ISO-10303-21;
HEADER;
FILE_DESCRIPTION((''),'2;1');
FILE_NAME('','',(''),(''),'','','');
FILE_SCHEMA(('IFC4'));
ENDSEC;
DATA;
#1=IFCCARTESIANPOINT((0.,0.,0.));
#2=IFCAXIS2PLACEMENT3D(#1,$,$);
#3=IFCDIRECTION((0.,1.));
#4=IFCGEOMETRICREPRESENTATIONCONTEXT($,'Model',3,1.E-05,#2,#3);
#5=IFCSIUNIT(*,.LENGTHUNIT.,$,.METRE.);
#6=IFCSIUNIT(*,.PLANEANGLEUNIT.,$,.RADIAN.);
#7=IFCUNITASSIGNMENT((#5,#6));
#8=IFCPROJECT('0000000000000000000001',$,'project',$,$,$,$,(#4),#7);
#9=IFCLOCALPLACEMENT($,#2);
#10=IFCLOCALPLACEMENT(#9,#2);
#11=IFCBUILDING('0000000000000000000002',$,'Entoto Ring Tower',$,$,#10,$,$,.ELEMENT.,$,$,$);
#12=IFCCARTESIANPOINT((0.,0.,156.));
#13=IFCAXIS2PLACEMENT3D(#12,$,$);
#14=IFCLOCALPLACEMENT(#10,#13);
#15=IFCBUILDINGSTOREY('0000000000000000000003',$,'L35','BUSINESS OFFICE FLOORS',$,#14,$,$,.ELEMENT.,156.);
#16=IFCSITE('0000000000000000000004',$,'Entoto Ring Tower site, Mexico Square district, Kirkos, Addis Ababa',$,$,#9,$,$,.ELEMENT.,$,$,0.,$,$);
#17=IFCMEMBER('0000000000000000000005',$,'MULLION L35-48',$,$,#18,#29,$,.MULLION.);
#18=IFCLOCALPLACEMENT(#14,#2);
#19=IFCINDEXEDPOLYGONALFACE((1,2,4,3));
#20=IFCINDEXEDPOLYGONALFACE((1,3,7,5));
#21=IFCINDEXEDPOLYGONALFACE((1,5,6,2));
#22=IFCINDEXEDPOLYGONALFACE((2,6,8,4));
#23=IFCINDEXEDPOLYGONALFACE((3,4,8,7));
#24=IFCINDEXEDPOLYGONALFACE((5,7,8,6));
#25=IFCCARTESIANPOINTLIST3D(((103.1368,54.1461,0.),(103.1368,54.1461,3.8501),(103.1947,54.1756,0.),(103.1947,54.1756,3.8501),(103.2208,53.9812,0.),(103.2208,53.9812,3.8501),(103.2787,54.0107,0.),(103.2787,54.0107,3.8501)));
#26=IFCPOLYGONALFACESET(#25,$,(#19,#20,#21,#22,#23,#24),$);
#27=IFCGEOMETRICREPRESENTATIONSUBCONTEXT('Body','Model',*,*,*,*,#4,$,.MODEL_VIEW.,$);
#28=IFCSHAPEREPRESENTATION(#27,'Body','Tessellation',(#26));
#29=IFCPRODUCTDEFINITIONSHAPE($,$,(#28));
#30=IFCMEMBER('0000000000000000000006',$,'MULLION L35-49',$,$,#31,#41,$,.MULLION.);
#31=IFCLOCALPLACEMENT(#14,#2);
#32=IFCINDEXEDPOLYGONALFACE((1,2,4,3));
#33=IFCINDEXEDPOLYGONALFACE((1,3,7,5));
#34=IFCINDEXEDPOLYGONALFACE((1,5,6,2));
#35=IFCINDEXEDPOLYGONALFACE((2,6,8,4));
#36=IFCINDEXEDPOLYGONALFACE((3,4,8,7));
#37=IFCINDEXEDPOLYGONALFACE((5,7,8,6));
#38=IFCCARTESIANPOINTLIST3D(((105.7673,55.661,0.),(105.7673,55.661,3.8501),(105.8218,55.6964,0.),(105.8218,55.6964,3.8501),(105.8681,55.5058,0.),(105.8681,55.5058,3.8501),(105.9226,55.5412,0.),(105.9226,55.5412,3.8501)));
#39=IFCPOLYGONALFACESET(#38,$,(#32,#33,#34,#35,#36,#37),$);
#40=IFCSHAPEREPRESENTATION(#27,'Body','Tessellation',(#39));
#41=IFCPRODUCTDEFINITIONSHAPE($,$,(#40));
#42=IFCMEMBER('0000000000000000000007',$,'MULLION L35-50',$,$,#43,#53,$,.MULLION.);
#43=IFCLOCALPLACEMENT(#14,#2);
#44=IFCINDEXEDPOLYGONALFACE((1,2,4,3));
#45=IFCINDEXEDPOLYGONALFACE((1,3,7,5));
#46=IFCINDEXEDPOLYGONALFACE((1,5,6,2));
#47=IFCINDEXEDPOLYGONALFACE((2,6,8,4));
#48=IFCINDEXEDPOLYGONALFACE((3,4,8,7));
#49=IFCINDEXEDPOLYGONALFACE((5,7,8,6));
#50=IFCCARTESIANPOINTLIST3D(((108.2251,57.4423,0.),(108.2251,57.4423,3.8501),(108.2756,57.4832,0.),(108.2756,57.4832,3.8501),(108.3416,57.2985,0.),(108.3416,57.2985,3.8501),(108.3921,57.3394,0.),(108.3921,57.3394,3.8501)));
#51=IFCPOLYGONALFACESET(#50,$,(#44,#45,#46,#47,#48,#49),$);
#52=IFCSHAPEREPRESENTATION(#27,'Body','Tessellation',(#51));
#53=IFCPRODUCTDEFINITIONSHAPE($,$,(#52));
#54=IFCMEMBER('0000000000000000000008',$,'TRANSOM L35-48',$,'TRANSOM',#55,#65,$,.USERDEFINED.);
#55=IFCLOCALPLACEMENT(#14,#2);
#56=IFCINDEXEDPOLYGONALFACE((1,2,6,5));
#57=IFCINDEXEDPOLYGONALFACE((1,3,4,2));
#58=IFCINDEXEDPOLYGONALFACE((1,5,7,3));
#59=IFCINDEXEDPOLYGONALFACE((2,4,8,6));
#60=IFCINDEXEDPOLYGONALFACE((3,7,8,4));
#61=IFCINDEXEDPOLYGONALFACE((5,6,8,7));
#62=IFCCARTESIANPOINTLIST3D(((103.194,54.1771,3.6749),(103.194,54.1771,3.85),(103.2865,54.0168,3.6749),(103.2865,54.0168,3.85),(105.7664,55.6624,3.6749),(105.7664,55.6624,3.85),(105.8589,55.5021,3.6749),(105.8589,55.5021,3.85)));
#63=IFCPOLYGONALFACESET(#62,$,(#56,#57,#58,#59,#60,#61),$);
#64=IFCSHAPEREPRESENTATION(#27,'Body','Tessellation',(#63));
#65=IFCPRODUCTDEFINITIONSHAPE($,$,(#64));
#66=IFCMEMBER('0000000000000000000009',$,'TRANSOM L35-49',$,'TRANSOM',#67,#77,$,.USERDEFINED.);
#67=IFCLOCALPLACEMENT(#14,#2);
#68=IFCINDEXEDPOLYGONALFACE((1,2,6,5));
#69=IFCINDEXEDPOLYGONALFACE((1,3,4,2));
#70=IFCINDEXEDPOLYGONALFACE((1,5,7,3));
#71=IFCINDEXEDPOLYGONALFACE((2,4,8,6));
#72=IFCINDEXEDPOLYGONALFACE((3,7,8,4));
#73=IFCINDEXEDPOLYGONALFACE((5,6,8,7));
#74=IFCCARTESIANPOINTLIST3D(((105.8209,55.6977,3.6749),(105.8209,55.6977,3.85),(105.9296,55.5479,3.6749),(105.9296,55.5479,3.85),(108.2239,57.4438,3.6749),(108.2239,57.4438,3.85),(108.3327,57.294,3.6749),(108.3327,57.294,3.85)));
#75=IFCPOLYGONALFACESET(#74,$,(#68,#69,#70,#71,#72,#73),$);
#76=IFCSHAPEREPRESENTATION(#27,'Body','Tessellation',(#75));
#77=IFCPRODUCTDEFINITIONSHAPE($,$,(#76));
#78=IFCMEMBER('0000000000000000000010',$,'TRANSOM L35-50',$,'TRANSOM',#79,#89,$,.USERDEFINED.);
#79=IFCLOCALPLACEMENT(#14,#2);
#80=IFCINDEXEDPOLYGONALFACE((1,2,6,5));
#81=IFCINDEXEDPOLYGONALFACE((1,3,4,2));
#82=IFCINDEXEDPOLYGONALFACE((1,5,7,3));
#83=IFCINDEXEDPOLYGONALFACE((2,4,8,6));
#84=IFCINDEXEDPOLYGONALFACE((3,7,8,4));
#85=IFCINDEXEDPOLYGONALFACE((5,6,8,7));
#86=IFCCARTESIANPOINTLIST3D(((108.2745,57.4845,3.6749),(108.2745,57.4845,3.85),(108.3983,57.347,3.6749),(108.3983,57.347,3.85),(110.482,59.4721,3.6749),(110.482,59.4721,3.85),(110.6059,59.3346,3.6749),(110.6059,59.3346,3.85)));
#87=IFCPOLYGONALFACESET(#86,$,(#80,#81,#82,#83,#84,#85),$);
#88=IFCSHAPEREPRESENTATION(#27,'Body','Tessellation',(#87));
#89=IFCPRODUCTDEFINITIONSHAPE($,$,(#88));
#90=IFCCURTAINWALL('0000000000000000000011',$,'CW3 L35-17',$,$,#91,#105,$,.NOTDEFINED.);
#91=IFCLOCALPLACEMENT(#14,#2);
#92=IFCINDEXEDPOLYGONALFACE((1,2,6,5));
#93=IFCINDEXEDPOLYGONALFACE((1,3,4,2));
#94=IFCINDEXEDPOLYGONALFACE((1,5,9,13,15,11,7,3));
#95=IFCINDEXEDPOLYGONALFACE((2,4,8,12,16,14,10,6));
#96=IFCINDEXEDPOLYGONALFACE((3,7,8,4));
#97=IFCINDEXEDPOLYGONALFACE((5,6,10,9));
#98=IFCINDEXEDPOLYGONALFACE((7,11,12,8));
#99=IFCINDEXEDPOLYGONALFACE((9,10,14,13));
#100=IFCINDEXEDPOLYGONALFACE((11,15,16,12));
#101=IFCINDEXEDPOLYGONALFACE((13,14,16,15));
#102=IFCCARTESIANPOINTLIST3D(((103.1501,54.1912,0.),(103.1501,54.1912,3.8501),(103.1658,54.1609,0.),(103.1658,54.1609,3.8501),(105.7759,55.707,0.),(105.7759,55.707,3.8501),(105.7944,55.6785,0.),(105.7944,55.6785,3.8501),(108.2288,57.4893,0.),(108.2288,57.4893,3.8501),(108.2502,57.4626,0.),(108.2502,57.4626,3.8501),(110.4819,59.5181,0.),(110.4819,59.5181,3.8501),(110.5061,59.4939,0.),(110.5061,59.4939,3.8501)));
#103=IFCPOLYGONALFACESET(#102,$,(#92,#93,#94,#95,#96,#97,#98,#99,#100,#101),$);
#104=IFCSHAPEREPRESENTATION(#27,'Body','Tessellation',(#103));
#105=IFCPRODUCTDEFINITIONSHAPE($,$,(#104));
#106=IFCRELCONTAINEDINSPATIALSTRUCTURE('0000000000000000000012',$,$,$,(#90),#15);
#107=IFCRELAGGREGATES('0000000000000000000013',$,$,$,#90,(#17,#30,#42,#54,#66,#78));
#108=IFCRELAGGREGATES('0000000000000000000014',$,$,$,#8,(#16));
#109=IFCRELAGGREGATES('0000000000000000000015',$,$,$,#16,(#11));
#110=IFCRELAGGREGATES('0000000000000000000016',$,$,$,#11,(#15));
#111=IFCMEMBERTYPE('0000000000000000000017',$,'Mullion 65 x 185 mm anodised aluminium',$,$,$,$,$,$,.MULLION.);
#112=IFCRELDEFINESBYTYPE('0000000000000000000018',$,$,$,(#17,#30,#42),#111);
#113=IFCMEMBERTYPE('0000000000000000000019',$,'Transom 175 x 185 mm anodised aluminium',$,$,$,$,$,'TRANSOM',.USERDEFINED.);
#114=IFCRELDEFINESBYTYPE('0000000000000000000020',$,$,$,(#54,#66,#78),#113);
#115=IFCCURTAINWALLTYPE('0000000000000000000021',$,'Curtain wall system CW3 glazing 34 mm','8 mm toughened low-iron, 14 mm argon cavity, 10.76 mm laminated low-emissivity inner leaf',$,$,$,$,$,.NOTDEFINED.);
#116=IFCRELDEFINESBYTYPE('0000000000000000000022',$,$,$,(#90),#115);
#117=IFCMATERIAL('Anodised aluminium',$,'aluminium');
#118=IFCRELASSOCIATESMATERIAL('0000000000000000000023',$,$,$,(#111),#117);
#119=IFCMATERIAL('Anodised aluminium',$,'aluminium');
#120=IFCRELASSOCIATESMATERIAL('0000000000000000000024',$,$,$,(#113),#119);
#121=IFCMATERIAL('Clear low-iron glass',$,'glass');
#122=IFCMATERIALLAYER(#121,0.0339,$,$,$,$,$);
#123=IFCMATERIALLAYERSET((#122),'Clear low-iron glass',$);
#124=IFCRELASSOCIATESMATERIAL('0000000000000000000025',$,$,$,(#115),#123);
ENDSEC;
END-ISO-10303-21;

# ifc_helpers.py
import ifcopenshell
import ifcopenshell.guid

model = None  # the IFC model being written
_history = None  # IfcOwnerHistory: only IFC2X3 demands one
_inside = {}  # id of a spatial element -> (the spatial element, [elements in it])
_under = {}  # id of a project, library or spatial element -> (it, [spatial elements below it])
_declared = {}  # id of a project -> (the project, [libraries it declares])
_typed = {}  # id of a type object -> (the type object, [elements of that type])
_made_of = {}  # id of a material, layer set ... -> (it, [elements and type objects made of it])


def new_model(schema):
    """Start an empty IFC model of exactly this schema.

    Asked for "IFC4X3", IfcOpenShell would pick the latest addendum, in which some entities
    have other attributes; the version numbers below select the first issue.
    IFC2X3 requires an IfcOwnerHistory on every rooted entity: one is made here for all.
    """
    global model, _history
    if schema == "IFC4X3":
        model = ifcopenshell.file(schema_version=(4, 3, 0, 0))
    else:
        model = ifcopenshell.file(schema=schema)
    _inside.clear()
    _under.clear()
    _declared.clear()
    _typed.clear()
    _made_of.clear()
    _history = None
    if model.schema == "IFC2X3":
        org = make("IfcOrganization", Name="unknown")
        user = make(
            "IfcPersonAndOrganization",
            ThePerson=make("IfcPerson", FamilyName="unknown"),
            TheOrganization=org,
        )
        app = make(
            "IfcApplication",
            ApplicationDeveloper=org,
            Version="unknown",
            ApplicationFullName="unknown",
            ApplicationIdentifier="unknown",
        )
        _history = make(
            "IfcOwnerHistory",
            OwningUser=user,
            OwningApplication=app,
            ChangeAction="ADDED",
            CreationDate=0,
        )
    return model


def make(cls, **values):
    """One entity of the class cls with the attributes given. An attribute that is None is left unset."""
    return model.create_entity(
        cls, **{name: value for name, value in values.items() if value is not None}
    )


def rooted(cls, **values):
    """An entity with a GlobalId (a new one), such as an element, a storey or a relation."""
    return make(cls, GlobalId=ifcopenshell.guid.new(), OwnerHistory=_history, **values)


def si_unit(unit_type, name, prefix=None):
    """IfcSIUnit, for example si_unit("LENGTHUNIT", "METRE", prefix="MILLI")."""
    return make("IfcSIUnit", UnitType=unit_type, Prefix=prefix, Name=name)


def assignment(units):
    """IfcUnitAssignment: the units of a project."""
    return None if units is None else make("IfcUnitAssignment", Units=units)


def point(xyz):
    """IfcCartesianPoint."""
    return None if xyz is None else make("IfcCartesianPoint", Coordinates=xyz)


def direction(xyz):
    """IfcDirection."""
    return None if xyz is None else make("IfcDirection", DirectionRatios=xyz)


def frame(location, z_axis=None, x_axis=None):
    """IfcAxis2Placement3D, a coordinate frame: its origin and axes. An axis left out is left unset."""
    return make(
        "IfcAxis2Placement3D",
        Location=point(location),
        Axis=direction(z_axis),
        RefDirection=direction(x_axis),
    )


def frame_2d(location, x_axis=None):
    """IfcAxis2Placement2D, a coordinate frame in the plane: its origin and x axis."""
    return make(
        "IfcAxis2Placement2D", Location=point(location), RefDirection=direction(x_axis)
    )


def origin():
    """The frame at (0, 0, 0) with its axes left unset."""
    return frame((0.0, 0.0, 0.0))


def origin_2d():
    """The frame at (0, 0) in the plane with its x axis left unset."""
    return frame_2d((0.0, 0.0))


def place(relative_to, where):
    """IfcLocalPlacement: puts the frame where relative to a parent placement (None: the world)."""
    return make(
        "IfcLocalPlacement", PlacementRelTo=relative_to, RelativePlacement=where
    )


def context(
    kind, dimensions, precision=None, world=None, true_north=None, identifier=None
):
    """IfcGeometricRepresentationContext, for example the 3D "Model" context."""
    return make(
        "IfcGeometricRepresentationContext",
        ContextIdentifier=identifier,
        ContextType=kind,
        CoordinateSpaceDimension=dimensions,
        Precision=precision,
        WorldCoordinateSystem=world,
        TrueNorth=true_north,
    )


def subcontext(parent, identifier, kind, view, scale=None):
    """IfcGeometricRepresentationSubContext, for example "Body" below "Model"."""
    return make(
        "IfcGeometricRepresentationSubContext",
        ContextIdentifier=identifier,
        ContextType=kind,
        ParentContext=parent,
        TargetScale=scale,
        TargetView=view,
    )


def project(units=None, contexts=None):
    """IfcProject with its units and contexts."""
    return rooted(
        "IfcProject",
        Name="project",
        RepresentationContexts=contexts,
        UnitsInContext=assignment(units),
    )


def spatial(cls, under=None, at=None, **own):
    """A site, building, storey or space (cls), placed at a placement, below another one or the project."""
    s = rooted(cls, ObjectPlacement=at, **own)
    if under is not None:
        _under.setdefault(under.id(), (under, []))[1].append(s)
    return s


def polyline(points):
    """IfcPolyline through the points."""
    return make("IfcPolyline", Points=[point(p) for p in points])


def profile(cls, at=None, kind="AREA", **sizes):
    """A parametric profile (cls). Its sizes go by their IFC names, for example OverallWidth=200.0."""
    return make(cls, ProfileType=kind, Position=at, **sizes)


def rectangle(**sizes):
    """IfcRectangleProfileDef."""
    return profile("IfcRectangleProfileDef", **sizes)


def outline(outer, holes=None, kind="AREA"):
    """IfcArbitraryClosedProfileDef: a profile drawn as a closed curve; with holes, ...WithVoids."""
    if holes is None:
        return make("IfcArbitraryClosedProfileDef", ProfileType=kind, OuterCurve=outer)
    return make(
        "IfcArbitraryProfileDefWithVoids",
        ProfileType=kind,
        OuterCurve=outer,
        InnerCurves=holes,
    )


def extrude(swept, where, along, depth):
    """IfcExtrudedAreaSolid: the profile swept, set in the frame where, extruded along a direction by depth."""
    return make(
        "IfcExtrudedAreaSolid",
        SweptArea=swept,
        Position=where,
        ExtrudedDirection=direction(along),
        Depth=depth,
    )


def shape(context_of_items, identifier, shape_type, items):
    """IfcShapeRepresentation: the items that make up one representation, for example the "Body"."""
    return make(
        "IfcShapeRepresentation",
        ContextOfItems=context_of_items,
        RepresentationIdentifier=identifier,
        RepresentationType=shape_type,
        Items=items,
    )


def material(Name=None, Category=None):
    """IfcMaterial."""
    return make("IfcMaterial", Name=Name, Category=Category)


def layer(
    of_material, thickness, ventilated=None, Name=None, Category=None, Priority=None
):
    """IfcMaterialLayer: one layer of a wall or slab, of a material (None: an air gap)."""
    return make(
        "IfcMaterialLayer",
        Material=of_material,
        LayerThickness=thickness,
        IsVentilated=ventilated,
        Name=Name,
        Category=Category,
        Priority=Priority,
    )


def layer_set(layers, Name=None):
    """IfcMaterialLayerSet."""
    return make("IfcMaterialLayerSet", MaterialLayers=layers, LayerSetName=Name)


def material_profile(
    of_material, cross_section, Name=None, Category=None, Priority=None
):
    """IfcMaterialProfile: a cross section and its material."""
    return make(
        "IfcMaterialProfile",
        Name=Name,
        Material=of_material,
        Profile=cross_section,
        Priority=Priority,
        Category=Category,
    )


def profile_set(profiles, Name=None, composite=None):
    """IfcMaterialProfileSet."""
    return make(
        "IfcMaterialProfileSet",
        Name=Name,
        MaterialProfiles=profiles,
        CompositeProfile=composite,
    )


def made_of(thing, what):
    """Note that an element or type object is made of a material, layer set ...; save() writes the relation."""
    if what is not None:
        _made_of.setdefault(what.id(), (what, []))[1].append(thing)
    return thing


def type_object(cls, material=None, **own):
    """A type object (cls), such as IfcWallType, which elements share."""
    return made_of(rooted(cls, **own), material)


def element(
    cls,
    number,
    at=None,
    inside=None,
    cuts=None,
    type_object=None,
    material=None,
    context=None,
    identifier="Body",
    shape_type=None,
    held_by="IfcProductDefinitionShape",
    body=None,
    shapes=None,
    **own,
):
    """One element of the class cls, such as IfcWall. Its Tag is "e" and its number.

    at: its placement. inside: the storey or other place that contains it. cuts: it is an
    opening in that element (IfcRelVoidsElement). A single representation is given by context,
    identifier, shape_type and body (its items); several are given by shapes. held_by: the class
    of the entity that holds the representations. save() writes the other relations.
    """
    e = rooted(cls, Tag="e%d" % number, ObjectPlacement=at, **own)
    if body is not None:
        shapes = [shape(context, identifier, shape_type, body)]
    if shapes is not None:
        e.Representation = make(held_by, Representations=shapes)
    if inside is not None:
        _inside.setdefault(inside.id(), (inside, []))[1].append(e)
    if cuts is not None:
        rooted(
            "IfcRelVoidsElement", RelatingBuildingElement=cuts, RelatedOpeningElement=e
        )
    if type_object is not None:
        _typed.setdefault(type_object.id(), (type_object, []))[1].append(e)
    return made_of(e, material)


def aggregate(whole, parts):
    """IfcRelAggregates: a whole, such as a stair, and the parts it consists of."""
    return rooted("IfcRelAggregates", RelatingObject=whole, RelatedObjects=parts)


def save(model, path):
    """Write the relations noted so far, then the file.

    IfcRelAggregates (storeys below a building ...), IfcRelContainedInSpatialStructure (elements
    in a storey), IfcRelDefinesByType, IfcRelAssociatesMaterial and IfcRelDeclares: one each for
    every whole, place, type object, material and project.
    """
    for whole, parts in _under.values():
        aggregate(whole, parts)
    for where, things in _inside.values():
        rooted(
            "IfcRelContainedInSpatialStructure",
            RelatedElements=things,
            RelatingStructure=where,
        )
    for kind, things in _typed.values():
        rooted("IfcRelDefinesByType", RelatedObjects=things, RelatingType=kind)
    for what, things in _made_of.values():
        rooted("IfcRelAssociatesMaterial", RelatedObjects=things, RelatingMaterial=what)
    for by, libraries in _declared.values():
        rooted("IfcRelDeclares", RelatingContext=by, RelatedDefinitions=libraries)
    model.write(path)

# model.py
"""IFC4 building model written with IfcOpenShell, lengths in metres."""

from ifc_helpers import new_model, si_unit, direction, frame, origin, origin_2d, place, context, subcontext, project, spatial, polyline, rectangle, outline, extrude, material, layer, layer_set, material_profile, profile_set, type_object, element, aggregate, save


model = new_model("IFC4")

# Units and contexts
model_context = context("Model", 3, precision=1e-05, world=origin(), true_north=direction((0.0, 1.0)))
body_context = subcontext(model_context, "Body", "Model", "MODEL_VIEW")
ifc_project = project(units=[si_unit("LENGTHUNIT", "METRE"), si_unit("PLANEANGLEUNIT", "RADIAN")], contexts=[model_context])

# Members
ifc_material_1 = material(Name="Anodised aluminium", Category="aluminium")
ifc_material_profile_1 = material_profile(ifc_material_1, rectangle(XDim=0.0649, YDim=0.1851, at=origin_2d()), Name="Mullion 65 x 185 mm anodised aluminium")
ifc_profile_set_1 = profile_set([ifc_material_profile_1], Name="Anodised aluminium")
member_type_1 = type_object("IfcMemberType", Name="Mullion 65 x 185 mm anodised aluminium", PredefinedType="MULLION", material=ifc_profile_set_1)
site_placement = place(None, origin())
building_placement = place(site_placement, origin())
storey_placement = place(building_placement, frame((0.0, 0.0, 156.0)))
member_1_placement = place(storey_placement, frame((103.2078, 54.0784, 0.0), z_axis=(0.0, 0.0, 1.0), x_axis=(0.891007, 0.45399, 0.0)))
member_1 = element("IfcMember", 1, at=member_1_placement, type_object=member_type_1, Name="MULLION L35-48", PredefinedType="MULLION", context=body_context, shape_type="SweptSolid", body=[
    extrude(rectangle(XDim=0.0649, YDim=0.1851, at=origin_2d()), origin(), (0.0, 0.0, 1.0), 3.8501),
])
member_2_placement = place(storey_placement, frame((105.845, 55.6011, 0.0), z_axis=(0.0, 0.0, 1.0), x_axis=(0.838671, 0.544639, 0.0)))
member_2 = element("IfcMember", 2, at=member_2_placement, type_object=member_type_1, Name="MULLION L35-49", PredefinedType="MULLION", context=body_context, shape_type="SweptSolid", body=[
    extrude(rectangle(XDim=0.0649, YDim=0.1851, at=origin_2d()), origin(), (0.0, 0.0, 1.0), 3.8501),
])
member_3_placement = place(storey_placement, frame((108.3086, 57.3909, 0.0), z_axis=(0.0, 0.0, 1.0), x_axis=(0.777146, 0.62932, 0.0)))
member_3 = element("IfcMember", 3, at=member_3_placement, type_object=member_type_1, Name="MULLION L35-50", PredefinedType="MULLION", context=body_context, shape_type="SweptSolid", body=[
    extrude(rectangle(XDim=0.0649, YDim=0.1851, at=origin_2d()), origin(), (0.0, 0.0, 1.0), 3.8501),
])
ifc_material_2 = material(Name="Anodised aluminium", Category="aluminium")
ifc_material_profile_2 = material_profile(ifc_material_2, rectangle(XDim=0.1851, YDim=0.175, at=origin_2d()), Name="Transom 175 x 185 mm anodised aluminium")
ifc_profile_set_2 = profile_set([ifc_material_profile_2], Name="Anodised aluminium")
member_type_2 = type_object("IfcMemberType", Name="Transom 175 x 185 mm anodised aluminium", ElementType="TRANSOM", PredefinedType="USERDEFINED", material=ifc_profile_set_2)
member_4_placement = place(storey_placement, frame((103.2402, 54.0969, 3.7625), z_axis=(0.866009, 0.500028, 0.0), x_axis=(-0.500028, 0.866009, 0.0)))
member_4 = element("IfcMember", 4, at=member_4_placement, type_object=member_type_2, Name="TRANSOM L35-48", ObjectType="TRANSOM", PredefinedType="USERDEFINED", context=body_context, shape_type="SweptSolid", body=[
    extrude(rectangle(XDim=0.1851, YDim=0.175, at=origin_2d()), origin(), (0.0, 0.0, 1.0), 2.9705),
])
member_5_placement = place(storey_placement, frame((105.8752, 55.6228, 3.7625), z_axis=(0.808992, 0.58782, 0.0), x_axis=(-0.58782, 0.808992, 0.0)))
member_5 = element("IfcMember", 5, at=member_5_placement, type_object=member_type_2, Name="TRANSOM L35-49", ObjectType="TRANSOM", PredefinedType="USERDEFINED", context=body_context, shape_type="SweptSolid", body=[
    extrude(rectangle(XDim=0.1851, YDim=0.175, at=origin_2d()), origin(), (0.0, 0.0, 1.0), 2.9705),
])
member_6_placement = place(storey_placement, frame((108.3364, 57.4158, 3.7625), z_axis=(0.743163, 0.66911, 0.0), x_axis=(-0.66911, 0.743163, 0.0)))
member_6 = element("IfcMember", 6, at=member_6_placement, type_object=member_type_2, Name="TRANSOM L35-50", ObjectType="TRANSOM", PredefinedType="USERDEFINED", context=body_context, shape_type="SweptSolid", body=[
    extrude(rectangle(XDim=0.1851, YDim=0.175, at=origin_2d()), origin(), (0.0, 0.0, 1.0), 2.9705),
])

# Site, building, storey
site = spatial("IfcSite", under=ifc_project, at=site_placement, Name="Entoto Ring Tower site, Mexico Square district, Kirkos, Addis Ababa", CompositionType="ELEMENT", RefElevation=0.0)
building = spatial("IfcBuilding", under=site, at=building_placement, Name="Entoto Ring Tower", CompositionType="ELEMENT")
storey = spatial("IfcBuildingStorey", under=building, at=storey_placement, Name="L35", Description="BUSINESS OFFICE FLOORS", CompositionType="ELEMENT", Elevation=156.0)

# Curtain wall
ifc_material_3 = material(Name="Clear low-iron glass", Category="glass")
ifc_layer_1 = layer(ifc_material_3, 0.0339)
ifc_layer_set_1 = layer_set([ifc_layer_1], Name="Clear low-iron glass")
curtain_wall_type = type_object("IfcCurtainWallType", Name="Curtain wall system CW3 glazing 34 mm", Description="8 mm toughened low-iron, 14 mm argon cavity, 10.76 mm laminated low-emissivity inner leaf", PredefinedType="NOTDEFINED", material=ifc_layer_set_1)
curtain_wall_1_placement = place(storey_placement, origin())
curtain_wall_1 = element("IfcCurtainWall", 7, at=curtain_wall_1_placement, inside=storey, type_object=curtain_wall_type, Name="CW3 L35-17", PredefinedType="NOTDEFINED", context=body_context, shape_type="SweptSolid", body=[
    extrude(outline(polyline([(103.1658, 54.1609), (105.7944, 55.6785), (108.2502, 57.4626), (110.5061, 59.4939), (110.4819, 59.5181), (108.2288, 57.4893), (105.7759, 55.707), (103.1501, 54.1912), (103.1658, 54.1609)])), origin(), (0.0, 0.0, 1.0), 3.8501),
])
aggregate(curtain_wall_1, [member_1, member_2, member_3, member_4, member_5, member_6])

save(model, "model.ifc")
